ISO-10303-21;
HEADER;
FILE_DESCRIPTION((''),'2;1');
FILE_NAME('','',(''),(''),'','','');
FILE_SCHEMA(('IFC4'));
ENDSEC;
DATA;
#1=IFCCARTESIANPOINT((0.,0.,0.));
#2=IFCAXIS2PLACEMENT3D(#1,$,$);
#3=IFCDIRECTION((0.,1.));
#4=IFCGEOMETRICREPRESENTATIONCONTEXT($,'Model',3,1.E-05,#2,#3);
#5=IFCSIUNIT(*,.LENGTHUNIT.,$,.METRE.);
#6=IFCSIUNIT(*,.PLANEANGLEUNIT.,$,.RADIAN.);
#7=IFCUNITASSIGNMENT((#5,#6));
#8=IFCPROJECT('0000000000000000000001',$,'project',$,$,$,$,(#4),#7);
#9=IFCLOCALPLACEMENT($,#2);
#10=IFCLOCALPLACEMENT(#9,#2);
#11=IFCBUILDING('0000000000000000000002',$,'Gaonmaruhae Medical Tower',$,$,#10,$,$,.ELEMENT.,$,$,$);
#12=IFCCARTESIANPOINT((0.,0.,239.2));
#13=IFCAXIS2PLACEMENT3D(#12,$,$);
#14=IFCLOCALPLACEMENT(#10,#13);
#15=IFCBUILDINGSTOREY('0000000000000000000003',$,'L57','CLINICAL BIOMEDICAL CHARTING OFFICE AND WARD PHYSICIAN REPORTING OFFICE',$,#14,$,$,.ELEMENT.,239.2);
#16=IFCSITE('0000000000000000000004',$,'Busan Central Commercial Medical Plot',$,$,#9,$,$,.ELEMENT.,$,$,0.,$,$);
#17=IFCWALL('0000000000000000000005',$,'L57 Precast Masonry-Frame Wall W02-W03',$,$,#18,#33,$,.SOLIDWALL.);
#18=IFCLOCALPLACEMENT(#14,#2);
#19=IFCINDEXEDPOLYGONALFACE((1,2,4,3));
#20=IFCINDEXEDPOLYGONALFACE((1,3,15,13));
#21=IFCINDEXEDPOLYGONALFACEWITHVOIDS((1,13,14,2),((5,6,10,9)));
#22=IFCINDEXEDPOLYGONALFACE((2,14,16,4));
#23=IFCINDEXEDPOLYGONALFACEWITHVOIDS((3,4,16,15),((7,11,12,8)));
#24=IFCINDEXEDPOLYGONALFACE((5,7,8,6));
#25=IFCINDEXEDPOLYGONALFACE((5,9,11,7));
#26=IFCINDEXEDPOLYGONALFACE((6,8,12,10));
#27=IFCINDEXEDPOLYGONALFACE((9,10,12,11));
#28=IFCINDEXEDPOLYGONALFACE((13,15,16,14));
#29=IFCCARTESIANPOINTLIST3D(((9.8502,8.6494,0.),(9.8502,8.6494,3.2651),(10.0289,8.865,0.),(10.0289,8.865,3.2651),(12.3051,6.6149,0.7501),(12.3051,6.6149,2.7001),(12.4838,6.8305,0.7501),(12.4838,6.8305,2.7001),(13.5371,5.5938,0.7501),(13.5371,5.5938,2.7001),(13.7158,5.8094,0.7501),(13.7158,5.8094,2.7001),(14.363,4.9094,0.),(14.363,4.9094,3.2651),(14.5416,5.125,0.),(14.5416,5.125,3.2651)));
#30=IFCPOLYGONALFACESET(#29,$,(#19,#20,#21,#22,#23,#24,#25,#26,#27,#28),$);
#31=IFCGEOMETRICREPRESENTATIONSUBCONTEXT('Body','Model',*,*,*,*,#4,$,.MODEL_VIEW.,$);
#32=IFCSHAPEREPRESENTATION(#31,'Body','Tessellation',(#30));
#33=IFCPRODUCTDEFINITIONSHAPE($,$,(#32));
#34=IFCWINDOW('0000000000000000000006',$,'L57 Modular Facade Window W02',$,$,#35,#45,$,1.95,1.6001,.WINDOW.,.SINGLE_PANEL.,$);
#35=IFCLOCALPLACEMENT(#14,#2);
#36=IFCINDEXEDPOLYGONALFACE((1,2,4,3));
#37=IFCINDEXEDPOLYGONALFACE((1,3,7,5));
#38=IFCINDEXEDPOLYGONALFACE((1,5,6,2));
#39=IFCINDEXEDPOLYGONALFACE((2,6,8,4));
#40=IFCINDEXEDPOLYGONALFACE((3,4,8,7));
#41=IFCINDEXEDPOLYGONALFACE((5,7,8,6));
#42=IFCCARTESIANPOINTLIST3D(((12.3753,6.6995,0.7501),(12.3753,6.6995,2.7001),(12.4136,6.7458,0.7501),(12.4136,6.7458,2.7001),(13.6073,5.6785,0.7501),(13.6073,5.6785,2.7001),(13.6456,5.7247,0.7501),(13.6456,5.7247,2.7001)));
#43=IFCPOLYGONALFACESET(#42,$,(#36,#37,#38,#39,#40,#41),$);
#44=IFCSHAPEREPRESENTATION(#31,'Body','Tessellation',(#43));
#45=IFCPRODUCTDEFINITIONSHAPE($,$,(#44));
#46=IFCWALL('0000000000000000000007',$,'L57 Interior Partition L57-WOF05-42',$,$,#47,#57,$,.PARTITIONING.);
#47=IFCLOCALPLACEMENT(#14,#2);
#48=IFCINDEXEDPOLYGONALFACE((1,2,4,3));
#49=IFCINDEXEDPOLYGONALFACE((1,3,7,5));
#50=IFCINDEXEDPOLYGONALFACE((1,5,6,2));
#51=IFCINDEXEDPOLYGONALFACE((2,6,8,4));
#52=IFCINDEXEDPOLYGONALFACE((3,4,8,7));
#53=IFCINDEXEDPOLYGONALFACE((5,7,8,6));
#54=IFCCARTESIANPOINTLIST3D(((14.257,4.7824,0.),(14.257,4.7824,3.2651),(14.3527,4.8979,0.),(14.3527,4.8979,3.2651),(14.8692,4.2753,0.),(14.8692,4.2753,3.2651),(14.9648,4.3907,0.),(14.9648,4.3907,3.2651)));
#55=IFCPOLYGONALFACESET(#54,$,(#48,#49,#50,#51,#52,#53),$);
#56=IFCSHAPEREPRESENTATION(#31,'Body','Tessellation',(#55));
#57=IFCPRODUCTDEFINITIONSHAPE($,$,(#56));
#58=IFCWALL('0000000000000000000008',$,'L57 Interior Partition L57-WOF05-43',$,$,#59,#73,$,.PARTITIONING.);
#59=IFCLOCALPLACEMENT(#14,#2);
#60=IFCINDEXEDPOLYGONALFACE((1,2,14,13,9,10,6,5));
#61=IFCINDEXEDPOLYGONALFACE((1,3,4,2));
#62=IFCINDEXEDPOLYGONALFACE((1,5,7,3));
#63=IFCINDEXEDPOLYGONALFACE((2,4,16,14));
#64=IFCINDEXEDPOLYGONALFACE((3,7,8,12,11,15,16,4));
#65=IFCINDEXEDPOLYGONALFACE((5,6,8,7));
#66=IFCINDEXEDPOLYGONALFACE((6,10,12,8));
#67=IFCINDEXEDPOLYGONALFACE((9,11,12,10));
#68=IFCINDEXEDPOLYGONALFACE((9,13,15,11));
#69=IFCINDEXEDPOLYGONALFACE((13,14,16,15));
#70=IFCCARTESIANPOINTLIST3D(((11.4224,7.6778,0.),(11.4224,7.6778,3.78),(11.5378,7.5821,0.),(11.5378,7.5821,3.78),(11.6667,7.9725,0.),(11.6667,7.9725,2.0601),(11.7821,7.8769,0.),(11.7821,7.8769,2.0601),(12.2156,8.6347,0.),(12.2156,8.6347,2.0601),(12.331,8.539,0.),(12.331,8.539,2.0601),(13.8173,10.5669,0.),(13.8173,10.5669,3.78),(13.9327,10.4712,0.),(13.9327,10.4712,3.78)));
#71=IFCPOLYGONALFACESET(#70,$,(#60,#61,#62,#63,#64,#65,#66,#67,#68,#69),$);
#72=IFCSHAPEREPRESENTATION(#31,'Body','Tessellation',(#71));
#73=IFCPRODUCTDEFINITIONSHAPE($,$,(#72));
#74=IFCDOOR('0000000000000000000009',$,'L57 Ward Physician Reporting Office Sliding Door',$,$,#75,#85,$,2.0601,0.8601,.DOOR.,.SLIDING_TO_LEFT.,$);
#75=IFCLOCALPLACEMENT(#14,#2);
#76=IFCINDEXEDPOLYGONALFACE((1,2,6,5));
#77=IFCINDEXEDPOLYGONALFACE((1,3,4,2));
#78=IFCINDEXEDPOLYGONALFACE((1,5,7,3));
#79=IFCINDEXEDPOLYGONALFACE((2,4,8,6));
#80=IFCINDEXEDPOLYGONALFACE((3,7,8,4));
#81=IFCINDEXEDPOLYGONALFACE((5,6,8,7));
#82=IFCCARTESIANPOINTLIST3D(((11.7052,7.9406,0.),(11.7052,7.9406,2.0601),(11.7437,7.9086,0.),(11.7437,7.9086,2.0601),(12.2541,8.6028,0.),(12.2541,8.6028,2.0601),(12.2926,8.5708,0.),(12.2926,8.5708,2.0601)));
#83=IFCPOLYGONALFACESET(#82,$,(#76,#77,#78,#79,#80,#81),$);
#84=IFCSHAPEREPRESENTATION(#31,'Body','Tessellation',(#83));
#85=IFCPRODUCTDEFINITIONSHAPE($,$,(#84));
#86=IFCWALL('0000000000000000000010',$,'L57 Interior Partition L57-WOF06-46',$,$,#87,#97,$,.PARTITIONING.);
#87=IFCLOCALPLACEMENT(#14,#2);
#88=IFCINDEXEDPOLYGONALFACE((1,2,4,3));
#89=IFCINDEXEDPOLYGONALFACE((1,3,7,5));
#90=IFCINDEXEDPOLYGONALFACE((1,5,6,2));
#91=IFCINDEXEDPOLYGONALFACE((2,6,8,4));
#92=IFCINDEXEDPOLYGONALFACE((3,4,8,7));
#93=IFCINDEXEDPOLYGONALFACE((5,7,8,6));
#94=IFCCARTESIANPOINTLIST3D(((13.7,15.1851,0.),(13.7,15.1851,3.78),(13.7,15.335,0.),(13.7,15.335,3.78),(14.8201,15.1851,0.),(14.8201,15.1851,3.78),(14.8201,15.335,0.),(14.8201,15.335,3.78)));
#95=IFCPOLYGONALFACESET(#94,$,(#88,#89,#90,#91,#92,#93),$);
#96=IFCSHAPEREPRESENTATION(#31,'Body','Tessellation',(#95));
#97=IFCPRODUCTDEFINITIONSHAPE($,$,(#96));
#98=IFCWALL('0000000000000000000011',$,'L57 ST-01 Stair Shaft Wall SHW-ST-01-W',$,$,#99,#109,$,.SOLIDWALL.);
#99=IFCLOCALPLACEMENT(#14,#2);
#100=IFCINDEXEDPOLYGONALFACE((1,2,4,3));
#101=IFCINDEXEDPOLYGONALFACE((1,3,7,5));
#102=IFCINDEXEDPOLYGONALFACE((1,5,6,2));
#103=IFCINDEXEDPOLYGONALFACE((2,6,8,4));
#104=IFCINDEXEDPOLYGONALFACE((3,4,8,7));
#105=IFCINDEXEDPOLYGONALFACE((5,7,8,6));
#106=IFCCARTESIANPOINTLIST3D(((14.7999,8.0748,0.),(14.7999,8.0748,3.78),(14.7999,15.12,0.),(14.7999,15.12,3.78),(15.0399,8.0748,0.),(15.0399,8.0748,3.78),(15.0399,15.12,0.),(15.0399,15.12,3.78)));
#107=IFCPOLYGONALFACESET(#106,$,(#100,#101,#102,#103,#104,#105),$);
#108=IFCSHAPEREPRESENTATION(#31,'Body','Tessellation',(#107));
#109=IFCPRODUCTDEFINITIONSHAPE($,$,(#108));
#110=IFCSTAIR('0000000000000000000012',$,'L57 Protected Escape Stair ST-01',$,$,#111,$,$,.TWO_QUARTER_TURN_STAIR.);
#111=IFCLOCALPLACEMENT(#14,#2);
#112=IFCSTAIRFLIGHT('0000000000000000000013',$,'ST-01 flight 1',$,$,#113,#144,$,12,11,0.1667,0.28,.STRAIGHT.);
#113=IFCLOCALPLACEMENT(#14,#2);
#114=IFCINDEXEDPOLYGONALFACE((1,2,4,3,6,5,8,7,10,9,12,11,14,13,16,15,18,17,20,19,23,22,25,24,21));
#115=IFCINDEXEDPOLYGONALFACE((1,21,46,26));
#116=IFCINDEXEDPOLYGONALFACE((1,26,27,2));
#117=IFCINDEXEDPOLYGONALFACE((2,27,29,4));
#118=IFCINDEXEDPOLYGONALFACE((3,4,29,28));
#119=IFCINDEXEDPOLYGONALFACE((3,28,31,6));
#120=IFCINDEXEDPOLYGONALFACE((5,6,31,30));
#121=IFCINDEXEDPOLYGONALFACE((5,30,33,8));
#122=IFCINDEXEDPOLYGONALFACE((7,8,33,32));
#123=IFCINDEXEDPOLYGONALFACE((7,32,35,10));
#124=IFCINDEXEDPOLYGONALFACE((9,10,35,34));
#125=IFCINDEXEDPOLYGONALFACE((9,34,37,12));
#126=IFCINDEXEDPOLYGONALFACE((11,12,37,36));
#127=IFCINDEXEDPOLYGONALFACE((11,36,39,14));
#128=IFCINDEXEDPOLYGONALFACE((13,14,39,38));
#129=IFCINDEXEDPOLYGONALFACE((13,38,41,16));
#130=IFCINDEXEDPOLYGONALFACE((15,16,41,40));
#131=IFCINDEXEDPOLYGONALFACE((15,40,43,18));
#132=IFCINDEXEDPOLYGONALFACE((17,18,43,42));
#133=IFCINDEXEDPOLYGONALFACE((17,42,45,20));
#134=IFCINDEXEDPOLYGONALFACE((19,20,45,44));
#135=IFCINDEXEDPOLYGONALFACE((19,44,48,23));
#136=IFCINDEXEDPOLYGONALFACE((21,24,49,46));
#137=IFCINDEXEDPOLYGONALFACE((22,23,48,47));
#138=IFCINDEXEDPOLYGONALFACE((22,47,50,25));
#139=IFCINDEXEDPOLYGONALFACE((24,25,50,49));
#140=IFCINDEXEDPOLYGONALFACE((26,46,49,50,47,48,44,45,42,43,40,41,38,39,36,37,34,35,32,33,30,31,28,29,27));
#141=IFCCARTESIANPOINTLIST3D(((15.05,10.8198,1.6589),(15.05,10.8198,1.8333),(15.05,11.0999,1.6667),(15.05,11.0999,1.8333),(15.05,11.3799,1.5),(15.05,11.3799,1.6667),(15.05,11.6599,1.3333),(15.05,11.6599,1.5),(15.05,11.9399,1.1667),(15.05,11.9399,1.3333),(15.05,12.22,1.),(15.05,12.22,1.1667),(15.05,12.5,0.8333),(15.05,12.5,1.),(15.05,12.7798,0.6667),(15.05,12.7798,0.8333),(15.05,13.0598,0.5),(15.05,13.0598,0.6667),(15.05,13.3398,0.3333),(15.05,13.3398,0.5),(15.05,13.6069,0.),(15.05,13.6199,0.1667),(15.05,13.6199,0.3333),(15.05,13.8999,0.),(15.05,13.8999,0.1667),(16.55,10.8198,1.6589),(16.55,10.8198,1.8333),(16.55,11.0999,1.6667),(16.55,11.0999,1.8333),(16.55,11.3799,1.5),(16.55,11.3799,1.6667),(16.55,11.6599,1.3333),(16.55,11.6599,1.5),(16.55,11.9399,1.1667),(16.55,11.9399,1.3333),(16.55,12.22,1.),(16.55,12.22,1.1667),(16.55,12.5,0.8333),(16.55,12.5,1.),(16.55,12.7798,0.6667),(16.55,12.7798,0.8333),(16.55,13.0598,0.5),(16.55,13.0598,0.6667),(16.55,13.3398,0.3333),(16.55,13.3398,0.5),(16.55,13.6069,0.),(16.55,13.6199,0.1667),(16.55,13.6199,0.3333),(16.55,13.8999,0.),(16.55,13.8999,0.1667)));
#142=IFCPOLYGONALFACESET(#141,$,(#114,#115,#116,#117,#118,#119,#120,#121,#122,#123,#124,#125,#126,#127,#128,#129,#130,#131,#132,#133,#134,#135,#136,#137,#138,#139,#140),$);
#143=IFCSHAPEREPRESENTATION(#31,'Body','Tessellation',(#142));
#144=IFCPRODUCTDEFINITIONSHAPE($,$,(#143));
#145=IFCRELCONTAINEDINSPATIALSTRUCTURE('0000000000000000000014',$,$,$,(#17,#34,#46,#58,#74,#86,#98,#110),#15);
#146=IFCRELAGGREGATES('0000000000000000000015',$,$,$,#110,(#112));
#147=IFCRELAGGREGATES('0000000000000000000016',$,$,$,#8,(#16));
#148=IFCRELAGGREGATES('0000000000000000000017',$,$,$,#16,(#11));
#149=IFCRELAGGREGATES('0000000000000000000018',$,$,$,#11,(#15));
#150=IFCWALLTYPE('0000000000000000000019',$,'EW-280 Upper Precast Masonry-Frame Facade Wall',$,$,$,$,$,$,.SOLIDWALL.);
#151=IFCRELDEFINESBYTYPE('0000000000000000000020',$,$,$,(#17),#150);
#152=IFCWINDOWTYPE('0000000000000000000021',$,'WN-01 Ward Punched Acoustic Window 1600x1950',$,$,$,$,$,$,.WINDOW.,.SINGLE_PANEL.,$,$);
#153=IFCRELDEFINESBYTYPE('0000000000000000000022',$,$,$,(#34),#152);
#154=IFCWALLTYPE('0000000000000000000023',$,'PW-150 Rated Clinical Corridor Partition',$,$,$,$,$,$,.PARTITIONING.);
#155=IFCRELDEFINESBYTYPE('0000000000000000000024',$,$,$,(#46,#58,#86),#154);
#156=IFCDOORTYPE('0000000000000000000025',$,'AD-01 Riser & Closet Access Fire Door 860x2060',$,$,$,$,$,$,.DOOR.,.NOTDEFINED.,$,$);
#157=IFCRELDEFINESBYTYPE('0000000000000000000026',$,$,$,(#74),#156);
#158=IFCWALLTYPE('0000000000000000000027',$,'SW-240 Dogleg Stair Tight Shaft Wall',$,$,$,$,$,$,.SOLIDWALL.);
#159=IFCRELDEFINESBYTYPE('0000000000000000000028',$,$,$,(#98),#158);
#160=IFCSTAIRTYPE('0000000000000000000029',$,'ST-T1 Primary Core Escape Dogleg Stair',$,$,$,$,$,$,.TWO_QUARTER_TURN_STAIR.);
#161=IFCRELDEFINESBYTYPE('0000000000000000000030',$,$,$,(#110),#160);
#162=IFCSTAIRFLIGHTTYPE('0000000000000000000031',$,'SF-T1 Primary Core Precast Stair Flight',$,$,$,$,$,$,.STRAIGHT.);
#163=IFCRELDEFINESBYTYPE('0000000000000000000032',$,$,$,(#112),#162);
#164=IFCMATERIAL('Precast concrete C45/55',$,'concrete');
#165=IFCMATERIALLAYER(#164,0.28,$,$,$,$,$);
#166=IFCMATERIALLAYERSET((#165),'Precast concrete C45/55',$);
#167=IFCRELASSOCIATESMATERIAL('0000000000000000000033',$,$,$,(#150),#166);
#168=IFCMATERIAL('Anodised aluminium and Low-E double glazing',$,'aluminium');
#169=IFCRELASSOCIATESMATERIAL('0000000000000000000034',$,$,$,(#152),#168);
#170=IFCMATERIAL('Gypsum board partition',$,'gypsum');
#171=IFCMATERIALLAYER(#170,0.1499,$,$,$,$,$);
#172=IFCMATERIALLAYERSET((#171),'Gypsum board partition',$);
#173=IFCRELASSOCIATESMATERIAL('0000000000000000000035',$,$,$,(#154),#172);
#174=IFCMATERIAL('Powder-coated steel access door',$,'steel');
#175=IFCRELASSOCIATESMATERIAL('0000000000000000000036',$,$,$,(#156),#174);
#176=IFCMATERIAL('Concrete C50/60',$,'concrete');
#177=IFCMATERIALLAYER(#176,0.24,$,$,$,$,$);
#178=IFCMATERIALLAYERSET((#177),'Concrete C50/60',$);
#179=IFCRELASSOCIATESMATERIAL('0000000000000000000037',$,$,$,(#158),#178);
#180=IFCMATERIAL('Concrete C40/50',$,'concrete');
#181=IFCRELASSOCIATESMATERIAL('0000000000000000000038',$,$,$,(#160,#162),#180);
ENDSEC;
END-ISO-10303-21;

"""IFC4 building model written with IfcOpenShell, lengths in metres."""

from ifc_helpers import new_model, si_unit, direction, frame, frame_2d, origin, place, context, subcontext, project, spatial, polyline, rectangle, outline, extrude, material, layer, layer_set, type_object, element, fill, aggregate, save


model = new_model("IFC4")

# Units and contexts
model_context = context("Model", 3, precision=1e-05, world=origin(), true_north=direction((0.0, 1.0)))
body_context = subcontext(model_context, "Body", "Model", "MODEL_VIEW")
ifc_project = project(units=[si_unit("LENGTHUNIT", "METRE"), si_unit("PLANEANGLEUNIT", "RADIAN")], contexts=[model_context])

# Site, building, storey
site_placement = place(None, origin())
site = spatial("IfcSite", under=ifc_project, at=site_placement, Name="Busan Central Commercial Medical Plot", CompositionType="ELEMENT", RefElevation=0.0)
building_placement = place(site_placement, origin())
building = spatial("IfcBuilding", under=site, at=building_placement, Name="Gaonmaruhae Medical Tower", CompositionType="ELEMENT")
storey_placement = place(building_placement, frame((0.0, 0.0, 239.2)))
storey = spatial("IfcBuildingStorey", under=building, at=storey_placement, Name="L57", Description="CLINICAL BIOMEDICAL CHARTING OFFICE AND WARD PHYSICIAN REPORTING OFFICE", CompositionType="ELEMENT", Elevation=239.2)

# Shared definitions
ifc_material_1 = material(Name="Concrete C50/60", Category="concrete")

# Wall, opening, window
ifc_material_2 = material(Name="Precast concrete C45/55", Category="concrete")
ifc_layer_1 = layer(ifc_material_2, 0.28)
ifc_layer_set_1 = layer_set([ifc_layer_1], Name="Precast concrete C45/55")
wall_type_1 = type_object("IfcWallType", Name="EW-280 Upper Precast Masonry-Frame Facade Wall", PredefinedType="SOLIDWALL", material=ifc_layer_set_1)
wall_1_placement = place(storey_placement, frame((14.4524, 5.0171, 0.0), z_axis=(0.0, 0.0, 1.0), x_axis=(-0.769946, 0.638109, 0.0)))
wall_1 = element("IfcWall", 1, at=wall_1_placement, inside=storey, type_object=wall_type_1, Name="L57 Precast Masonry-Frame Wall W02-W03", PredefinedType="SOLIDWALL", context=body_context, shape_type="SweptSolid", body=[
    extrude(rectangle(XDim=5.8611, YDim=0.28, at=frame_2d((2.9307, 0.0))), origin(), (0.0, 0.0, 1.0), 3.2651),
])
opening_1_placement = place(wall_1_placement, frame((1.0728, 0.0, 0.75)))
opening_1 = element("IfcOpeningElement", 2, at=opening_1_placement, cuts=wall_1, PredefinedType="OPENING", context=body_context, shape_type="SweptSolid", body=[
    extrude(rectangle(XDim=1.6001, YDim=1.95, at=frame_2d((0.8, 0.9751))), frame((0.0, 0.1499, 0.0), z_axis=(0.0, -1.0, 0.0), x_axis=(1.0, 0.0, 0.0)), (0.0, 0.0, 1.0), 0.3),
])
ifc_material_3 = material(Name="Anodised aluminium and Low-E double glazing", Category="aluminium")
window_type = type_object("IfcWindowType", Name="WN-01 Ward Punched Acoustic Window 1600x1950", PartitioningType="SINGLE_PANEL", PredefinedType="WINDOW", material=ifc_material_3)
window_placement = place(opening_1_placement, origin())
window = element("IfcWindow", 3, at=window_placement, inside=storey, type_object=window_type, Name="L57 Modular Facade Window W02", OverallHeight=1.95, OverallWidth=1.6001, PartitioningType="SINGLE_PANEL", PredefinedType="WINDOW", context=body_context, shape_type="SweptSolid", body=[
    extrude(rectangle(XDim=1.6001, YDim=1.95, at=frame_2d((0.8, 0.9751))), frame((0.0, 0.03, 0.0), z_axis=(0.0, -1.0, 0.0), x_axis=(1.0, 0.0, 0.0)), (0.0, 0.0, 1.0), 0.0601),
])
fill(opening_1, window)

# Wall
ifc_material_4 = material(Name="Gypsum board partition", Category="gypsum")
ifc_layer_2 = layer(ifc_material_4, 0.1499)
ifc_layer_set_2 = layer_set([ifc_layer_2], Name="Gypsum board partition")
wall_type_2 = type_object("IfcWallType", Name="PW-150 Rated Clinical Corridor Partition", PredefinedType="PARTITIONING", material=ifc_layer_set_2)
wall_2_placement = place(storey_placement, frame((14.917, 4.333, 0.0), z_axis=(0.0, 0.0, 1.0), x_axis=(-0.770056, 0.637976, 0.0)))
element("IfcWall", 4, at=wall_2_placement, inside=storey, type_object=wall_type_2, Name="L57 Interior Partition L57-WOF05-42", PredefinedType="PARTITIONING", context=body_context, shape_type="SweptSolid", body=[
    extrude(rectangle(XDim=0.7949, YDim=0.1499, at=frame_2d((0.3975, 0.0))), origin(), (0.0, 0.0, 1.0), 3.2651),
])

# Wall, opening, door
wall_3_placement = place(storey_placement, frame((11.48, 7.6299, 0.0), z_axis=(0.0, 0.0, 1.0), x_axis=(0.638199, 0.769872, 0.0)))
wall_3 = element("IfcWall", 5, at=wall_3_placement, inside=storey, type_object=wall_type_2, Name="L57 Interior Partition L57-WOF05-43", PredefinedType="PARTITIONING", context=body_context, shape_type="SweptSolid", body=[
    extrude(rectangle(XDim=3.7527, YDim=0.1499, at=frame_2d((1.8765, 0.0))), origin(), (0.0, 0.0, 1.0), 3.78),
])
opening_2_placement = place(wall_3_placement, frame((0.3828, 0.0, 0.0)))
opening_2 = element("IfcOpeningElement", 6, at=opening_2_placement, cuts=wall_3, PredefinedType="OPENING", context=body_context, shape_type="SweptSolid", body=[
    extrude(rectangle(XDim=0.8601, YDim=2.0601, at=frame_2d((0.4302, 1.03))), frame((0.0, 0.085, 0.0), z_axis=(0.0, -1.0, 0.0), x_axis=(1.0, 0.0, 0.0)), (0.0, 0.0, 1.0), 0.1699),
])
ifc_material_5 = material(Name="Powder-coated steel access door", Category="steel")
door_type_1 = type_object("IfcDoorType", Name="AD-01 Riser & Closet Access Fire Door 860x2060", OperationType="NOTDEFINED", PredefinedType="DOOR", material=ifc_material_5)
door_1_placement = place(opening_2_placement, origin())
door_1 = element("IfcDoor", 7, at=door_1_placement, inside=storey, type_object=door_type_1, Name="L57 Ward Physician Reporting Office Sliding Door", OperationType="SLIDING_TO_LEFT", OverallHeight=2.0601, OverallWidth=0.8601, PredefinedType="DOOR", context=body_context, shape_type="SweptSolid", body=[
    extrude(rectangle(XDim=0.8601, YDim=2.0601, at=frame_2d((0.4302, 1.03))), frame((0.0, 0.0249, 0.0), z_axis=(0.0, -1.0, 0.0), x_axis=(1.0, 0.0, 0.0)), (0.0, 0.0, 1.0), 0.05),
])
fill(opening_2, door_1)

# Wall
wall_4_placement = place(storey_placement, frame((14.8201, 15.26, 0.0), z_axis=(0.0, 0.0, 1.0), x_axis=(-1.0, 0.0, 0.0)))
element("IfcWall", 8, at=wall_4_placement, inside=storey, type_object=wall_type_2, Name="L57 Interior Partition L57-WOF06-46", PredefinedType="PARTITIONING", context=body_context, shape_type="SweptSolid", body=[
    extrude(rectangle(XDim=1.1201, YDim=0.1499, at=frame_2d((0.5601, 0.0))), origin(), (0.0, 0.0, 1.0), 3.78),
])

# Shared definitions
ifc_layer_3 = layer(ifc_material_1, 0.24)
ifc_layer_set_3 = layer_set([ifc_layer_3], Name="Concrete C50/60")
wall_type_3 = type_object("IfcWallType", Name="SW-240 Dogleg Stair Tight Shaft Wall", PredefinedType="SOLIDWALL", material=ifc_layer_set_3)

# Wall
wall_5_placement = place(storey_placement, frame((14.9199, 8.075, 0.0), z_axis=(0.0, 0.0, 1.0), x_axis=(0.0, 1.0, 0.0)))
element("IfcWall", 9, at=wall_5_placement, inside=storey, type_object=wall_type_3, Name="L57 ST-01 Stair Shaft Wall SHW-ST-01-W", PredefinedType="SOLIDWALL", context=body_context, shape_type="SweptSolid", body=[
    extrude(rectangle(XDim=7.0452, YDim=0.24, at=frame_2d((3.5225, 0.0))), origin(), (0.0, 0.0, 1.0), 3.78),
])

# Stair, stair flight
ifc_material_6 = material(Name="Concrete C40/50", Category="concrete")
stair_type = type_object("IfcStairType", Name="ST-T1 Primary Core Escape Dogleg Stair", PredefinedType="TWO_QUARTER_TURN_STAIR", material=ifc_material_6)
stair_placement = place(storey_placement, origin())
stair = element("IfcStair", 10, at=stair_placement, inside=storey, type_object=stair_type, Name="L57 Protected Escape Stair ST-01", PredefinedType="TWO_QUARTER_TURN_STAIR")
stair_flight_type = type_object("IfcStairFlightType", Name="SF-T1 Primary Core Precast Stair Flight", PredefinedType="STRAIGHT", material=ifc_material_6)
stair_flight_placement = place(storey_placement, frame((15.8, 13.8999, 0.0), z_axis=(0.0, 0.0, 1.0), x_axis=(0.0, -1.0, 0.0)))
stair_flight = element("IfcStairFlight", 11, at=stair_flight_placement, type_object=stair_flight_type, Name="ST-01 flight 1", NumberOfRisers=12, NumberOfTreads=11, PredefinedType="STRAIGHT", RiserHeight=0.1667, TreadLength=0.28, context=body_context, shape_type="SweptSolid", body=[
    extrude(outline(polyline([(0.0, 0.0), (0.0, 0.1667), (0.28, 0.1667), (0.28, 0.3333), (0.5601, 0.3333), (0.5601, 0.5), (0.8401, 0.5), (0.8401, 0.6667), (1.1201, 0.6667), (1.1201, 0.8333), (1.3999, 0.8333), (1.3999, 1.0), (1.6799, 1.0), (1.6799, 1.1667), (1.96, 1.1667), (1.96, 1.3333), (2.24, 1.3333), (2.24, 1.5), (2.52, 1.5), (2.52, 1.6667), (2.8, 1.6667), (2.8, 1.8333), (3.0801, 1.8333), (3.0801, 2.0), (3.0801, 1.6589), (0.293, 0.0), (0.0, 0.0)])), frame((0.0, 0.75, 0.0), z_axis=(0.0, -1.0, 0.0), x_axis=(1.0, 0.0, 0.0)), (0.0, 0.0, 1.0), 1.5),
])
aggregate(stair, [stair_flight])

save(model, "model.ifc")
